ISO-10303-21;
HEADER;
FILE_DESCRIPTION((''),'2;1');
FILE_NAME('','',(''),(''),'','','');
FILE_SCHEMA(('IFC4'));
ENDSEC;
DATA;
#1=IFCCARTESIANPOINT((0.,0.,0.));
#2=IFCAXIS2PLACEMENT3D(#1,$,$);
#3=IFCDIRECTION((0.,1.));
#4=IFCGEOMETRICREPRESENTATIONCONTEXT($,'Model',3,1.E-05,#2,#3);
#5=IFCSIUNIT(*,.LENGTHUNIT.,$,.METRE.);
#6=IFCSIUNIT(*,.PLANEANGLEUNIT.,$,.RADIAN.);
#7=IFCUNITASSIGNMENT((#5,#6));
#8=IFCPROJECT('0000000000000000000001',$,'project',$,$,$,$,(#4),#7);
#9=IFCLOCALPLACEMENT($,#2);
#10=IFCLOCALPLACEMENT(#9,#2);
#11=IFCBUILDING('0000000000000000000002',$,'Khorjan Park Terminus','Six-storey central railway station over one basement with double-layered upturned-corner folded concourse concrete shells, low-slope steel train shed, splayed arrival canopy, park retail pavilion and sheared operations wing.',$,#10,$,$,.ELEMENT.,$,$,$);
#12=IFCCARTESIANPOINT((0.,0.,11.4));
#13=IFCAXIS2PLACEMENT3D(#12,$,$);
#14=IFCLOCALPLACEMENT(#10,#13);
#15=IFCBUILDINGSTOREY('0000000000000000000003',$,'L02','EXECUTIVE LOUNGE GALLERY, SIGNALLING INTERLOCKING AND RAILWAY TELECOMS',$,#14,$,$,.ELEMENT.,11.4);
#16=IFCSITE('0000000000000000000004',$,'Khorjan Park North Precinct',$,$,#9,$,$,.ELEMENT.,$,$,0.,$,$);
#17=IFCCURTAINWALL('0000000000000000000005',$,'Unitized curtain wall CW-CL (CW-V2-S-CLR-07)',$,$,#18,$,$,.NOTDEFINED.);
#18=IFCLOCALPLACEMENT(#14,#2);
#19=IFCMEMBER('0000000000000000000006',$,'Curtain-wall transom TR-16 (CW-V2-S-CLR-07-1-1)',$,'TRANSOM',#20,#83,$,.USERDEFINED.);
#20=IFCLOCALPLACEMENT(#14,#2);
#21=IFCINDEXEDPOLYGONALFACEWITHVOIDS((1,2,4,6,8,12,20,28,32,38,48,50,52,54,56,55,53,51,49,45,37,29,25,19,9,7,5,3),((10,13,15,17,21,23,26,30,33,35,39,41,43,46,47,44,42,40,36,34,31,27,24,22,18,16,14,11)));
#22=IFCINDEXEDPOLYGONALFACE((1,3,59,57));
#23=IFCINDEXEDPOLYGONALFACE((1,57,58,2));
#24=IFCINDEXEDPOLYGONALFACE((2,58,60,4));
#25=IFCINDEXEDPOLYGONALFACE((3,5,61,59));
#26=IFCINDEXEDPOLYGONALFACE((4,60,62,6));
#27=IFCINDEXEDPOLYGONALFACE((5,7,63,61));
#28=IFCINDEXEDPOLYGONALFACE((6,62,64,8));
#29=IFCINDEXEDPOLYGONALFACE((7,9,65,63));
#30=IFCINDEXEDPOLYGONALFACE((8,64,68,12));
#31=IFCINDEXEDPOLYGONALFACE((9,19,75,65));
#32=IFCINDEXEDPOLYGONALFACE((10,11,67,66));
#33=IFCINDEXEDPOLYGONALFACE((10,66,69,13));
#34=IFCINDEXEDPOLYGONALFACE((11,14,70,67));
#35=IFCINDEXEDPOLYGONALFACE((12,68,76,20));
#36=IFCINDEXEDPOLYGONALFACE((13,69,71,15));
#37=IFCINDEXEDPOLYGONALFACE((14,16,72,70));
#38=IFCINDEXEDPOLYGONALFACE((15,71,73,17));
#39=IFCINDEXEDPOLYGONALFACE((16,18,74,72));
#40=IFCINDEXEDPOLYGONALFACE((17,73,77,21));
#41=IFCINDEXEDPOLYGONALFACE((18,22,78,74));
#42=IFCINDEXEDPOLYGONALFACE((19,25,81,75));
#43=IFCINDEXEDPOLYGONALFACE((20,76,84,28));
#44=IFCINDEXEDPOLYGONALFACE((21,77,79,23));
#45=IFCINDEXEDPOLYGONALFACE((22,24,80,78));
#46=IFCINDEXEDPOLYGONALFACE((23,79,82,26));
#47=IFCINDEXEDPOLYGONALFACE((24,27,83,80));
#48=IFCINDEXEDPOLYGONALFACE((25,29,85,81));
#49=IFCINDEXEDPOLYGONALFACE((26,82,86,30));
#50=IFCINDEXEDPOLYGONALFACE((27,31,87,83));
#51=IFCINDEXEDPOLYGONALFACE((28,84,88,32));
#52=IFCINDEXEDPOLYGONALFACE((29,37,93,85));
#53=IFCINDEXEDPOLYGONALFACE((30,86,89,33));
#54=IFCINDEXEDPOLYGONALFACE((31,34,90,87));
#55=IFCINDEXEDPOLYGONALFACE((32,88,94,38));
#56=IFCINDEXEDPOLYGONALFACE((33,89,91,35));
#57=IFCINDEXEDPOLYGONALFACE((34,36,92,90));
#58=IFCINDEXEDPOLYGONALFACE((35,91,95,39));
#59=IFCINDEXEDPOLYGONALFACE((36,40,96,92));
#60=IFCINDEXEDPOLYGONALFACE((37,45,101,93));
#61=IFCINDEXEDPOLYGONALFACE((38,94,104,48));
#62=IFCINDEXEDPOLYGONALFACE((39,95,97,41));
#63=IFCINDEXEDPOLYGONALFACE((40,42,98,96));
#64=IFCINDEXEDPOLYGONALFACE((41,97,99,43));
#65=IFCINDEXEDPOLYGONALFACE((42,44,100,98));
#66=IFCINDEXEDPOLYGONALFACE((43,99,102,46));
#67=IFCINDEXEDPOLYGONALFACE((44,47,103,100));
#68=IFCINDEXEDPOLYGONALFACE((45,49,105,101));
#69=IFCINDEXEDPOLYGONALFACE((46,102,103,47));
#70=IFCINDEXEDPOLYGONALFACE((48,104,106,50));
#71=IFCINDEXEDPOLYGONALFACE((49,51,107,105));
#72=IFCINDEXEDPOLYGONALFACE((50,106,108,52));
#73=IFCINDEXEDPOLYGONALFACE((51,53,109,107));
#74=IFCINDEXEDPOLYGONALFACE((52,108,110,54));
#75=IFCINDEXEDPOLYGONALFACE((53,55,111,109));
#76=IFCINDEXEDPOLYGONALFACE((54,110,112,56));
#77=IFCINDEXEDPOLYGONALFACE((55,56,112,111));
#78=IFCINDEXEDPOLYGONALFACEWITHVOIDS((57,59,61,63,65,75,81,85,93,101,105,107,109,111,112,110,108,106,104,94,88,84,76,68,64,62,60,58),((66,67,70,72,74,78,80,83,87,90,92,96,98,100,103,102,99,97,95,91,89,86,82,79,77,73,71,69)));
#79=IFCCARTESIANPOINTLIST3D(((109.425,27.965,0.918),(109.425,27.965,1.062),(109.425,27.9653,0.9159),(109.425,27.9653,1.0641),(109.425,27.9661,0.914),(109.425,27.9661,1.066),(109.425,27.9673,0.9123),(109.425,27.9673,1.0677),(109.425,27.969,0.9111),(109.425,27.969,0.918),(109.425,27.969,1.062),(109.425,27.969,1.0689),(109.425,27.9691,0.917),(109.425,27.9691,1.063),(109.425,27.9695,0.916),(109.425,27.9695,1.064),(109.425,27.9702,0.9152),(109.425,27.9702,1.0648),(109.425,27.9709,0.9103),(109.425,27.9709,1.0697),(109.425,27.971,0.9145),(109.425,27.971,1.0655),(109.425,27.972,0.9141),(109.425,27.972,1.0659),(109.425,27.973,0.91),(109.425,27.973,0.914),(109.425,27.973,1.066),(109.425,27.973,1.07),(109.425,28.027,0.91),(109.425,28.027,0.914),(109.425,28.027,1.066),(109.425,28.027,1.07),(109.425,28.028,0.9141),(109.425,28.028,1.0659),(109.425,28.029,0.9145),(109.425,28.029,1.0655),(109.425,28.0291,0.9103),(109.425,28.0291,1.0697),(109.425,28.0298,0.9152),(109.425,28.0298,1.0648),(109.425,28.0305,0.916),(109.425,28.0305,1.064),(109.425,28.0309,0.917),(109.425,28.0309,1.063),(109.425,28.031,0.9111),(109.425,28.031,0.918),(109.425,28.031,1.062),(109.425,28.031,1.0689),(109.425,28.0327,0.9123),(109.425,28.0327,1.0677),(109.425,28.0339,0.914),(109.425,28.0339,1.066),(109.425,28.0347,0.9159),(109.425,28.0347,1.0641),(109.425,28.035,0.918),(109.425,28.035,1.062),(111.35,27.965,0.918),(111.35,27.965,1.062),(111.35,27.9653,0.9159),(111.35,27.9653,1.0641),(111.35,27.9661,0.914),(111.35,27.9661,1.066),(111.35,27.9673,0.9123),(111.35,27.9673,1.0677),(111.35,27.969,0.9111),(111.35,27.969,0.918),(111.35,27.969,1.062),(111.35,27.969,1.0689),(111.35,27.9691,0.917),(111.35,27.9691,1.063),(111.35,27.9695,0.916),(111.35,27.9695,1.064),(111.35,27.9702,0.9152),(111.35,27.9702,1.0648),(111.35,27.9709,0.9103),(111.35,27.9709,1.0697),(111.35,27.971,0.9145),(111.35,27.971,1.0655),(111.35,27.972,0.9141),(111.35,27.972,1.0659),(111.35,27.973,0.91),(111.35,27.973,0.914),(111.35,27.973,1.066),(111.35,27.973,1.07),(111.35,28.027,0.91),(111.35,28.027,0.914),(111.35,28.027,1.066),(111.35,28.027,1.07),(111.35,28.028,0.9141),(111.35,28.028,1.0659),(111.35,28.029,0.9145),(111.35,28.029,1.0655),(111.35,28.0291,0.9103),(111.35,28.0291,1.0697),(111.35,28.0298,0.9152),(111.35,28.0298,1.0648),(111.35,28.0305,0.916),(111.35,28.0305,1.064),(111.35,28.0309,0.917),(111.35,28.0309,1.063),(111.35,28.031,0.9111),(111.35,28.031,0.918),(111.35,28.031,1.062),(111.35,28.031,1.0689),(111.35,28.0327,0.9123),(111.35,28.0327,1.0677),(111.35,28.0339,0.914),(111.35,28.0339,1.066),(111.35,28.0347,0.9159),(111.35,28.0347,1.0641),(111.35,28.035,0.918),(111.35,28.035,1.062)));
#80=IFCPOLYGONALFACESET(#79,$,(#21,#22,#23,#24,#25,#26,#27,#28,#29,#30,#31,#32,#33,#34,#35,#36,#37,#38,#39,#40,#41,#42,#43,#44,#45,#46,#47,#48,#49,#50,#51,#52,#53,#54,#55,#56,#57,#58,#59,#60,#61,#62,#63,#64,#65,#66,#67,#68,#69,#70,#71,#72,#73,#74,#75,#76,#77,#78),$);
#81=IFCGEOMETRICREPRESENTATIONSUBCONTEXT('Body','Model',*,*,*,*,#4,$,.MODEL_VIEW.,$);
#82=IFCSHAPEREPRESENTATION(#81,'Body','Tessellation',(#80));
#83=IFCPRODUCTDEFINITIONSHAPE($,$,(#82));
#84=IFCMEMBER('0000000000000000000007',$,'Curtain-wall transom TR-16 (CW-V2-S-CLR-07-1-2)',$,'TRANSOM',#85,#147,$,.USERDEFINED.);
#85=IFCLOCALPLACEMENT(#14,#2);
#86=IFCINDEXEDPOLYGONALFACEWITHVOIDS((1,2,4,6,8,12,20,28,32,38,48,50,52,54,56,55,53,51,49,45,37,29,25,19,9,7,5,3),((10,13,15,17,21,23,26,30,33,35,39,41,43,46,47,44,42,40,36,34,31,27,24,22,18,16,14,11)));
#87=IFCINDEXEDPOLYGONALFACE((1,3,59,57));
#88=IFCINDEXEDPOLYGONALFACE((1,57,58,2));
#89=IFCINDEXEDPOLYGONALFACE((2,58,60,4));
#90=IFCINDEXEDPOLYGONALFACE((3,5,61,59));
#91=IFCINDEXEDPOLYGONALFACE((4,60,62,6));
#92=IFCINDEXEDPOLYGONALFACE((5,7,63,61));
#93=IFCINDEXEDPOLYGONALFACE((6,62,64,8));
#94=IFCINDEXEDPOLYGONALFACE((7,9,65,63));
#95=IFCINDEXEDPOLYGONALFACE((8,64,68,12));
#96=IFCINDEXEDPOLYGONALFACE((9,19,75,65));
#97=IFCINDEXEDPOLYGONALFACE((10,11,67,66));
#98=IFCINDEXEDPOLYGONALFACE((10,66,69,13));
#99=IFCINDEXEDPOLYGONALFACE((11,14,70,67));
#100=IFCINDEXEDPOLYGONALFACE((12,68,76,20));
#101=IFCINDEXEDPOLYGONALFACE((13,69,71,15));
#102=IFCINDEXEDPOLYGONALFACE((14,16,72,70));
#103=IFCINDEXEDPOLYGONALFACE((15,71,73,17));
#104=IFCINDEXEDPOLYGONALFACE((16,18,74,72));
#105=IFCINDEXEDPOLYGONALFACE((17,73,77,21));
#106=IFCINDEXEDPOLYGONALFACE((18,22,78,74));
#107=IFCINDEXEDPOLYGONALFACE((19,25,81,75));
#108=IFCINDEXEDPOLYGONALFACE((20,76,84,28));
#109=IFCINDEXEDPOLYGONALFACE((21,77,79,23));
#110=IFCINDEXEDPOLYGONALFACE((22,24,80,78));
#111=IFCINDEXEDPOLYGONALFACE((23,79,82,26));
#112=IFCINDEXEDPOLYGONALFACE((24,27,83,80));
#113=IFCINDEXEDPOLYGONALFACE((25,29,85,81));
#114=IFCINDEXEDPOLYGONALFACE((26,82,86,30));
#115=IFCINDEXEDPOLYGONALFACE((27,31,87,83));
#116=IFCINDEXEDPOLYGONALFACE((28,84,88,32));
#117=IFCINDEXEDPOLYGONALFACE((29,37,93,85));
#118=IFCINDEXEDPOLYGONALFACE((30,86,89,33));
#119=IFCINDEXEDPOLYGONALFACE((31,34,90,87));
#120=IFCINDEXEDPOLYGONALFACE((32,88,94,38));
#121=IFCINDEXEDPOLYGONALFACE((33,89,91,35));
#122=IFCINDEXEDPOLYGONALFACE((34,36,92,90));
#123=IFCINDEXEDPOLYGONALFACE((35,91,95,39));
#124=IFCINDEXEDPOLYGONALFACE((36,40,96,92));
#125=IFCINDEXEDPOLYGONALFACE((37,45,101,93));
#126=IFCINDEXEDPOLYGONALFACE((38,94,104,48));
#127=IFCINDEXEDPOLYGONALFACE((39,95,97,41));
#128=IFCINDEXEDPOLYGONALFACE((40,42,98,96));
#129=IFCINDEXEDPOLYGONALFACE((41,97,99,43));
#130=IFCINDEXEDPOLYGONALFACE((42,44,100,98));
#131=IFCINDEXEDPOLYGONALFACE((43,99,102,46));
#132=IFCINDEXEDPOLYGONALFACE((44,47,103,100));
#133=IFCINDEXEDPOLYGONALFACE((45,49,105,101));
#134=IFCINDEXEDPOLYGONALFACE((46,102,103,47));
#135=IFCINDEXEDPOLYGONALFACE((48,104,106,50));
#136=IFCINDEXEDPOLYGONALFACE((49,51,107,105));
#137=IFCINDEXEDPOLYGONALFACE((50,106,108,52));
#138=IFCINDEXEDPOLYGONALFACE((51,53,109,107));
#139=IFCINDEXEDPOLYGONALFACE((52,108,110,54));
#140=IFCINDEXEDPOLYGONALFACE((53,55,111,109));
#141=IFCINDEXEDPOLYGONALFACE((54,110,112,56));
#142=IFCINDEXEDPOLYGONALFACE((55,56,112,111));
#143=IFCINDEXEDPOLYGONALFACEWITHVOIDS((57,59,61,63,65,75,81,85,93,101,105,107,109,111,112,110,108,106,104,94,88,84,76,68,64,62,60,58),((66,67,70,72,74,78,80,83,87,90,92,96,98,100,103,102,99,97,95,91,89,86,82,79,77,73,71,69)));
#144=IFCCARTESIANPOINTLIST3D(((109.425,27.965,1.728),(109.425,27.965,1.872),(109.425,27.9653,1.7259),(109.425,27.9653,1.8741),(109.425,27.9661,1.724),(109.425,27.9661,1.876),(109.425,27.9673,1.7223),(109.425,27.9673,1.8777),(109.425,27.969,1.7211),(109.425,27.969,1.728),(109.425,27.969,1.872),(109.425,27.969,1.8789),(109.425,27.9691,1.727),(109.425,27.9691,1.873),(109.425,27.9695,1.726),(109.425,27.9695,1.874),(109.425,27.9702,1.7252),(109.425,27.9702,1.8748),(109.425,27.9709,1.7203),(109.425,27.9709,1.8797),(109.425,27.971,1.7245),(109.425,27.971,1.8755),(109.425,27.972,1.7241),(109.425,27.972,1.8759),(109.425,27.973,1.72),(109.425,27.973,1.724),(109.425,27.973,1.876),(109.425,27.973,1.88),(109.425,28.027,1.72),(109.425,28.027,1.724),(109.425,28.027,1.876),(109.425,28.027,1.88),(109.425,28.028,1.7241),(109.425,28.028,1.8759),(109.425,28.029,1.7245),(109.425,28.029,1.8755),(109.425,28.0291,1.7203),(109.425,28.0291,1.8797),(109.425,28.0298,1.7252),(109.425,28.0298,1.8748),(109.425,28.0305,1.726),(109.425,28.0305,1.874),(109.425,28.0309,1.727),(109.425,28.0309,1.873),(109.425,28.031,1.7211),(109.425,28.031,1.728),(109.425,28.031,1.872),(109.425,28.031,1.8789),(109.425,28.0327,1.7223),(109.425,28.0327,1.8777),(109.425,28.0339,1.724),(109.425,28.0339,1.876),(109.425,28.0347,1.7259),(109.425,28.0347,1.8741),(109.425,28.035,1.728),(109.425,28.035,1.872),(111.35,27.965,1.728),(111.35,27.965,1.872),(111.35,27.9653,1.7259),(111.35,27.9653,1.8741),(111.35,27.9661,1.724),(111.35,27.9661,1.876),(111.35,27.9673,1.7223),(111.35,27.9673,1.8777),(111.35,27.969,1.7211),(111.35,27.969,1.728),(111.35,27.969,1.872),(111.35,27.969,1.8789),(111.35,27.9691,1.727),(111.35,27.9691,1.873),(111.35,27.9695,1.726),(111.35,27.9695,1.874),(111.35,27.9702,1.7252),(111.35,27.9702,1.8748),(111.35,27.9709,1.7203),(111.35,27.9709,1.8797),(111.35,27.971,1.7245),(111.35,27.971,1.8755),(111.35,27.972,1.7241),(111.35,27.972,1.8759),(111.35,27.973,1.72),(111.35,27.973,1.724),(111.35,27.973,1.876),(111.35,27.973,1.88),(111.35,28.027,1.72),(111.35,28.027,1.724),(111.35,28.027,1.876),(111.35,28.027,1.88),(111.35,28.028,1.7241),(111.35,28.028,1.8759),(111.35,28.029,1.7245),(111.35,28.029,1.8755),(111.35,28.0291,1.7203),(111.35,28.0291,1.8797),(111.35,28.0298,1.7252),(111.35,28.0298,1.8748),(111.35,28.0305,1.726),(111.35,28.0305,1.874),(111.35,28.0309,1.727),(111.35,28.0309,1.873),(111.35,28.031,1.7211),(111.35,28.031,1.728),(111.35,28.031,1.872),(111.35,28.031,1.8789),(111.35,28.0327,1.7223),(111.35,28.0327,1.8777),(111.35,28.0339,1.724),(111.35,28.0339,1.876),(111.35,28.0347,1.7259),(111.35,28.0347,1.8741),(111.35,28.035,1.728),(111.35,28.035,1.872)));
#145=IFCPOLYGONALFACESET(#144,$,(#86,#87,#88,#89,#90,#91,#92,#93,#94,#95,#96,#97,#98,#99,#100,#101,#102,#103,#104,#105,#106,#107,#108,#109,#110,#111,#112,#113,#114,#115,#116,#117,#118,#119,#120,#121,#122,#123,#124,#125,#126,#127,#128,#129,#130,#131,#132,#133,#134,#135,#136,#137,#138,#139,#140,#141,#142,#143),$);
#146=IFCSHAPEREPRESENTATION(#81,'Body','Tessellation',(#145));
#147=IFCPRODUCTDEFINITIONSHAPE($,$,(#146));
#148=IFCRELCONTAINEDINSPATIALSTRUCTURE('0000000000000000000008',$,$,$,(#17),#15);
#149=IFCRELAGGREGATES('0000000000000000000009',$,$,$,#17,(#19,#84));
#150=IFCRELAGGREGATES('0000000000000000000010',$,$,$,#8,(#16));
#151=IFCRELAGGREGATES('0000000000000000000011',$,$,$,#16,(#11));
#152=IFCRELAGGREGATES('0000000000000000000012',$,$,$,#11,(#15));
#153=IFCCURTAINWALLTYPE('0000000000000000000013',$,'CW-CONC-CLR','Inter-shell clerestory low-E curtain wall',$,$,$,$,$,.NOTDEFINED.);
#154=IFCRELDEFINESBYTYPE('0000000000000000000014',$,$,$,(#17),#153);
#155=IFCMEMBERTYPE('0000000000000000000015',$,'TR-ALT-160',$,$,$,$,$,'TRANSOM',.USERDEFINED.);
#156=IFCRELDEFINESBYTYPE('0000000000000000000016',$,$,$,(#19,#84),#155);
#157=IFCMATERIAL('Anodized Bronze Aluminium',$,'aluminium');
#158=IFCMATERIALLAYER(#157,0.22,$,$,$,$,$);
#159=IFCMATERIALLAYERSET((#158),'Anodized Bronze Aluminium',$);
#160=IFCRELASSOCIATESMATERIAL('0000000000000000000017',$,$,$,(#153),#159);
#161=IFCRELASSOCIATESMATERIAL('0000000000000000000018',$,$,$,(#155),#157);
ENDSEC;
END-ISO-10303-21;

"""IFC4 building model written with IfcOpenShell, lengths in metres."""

from ifc_helpers import new_model, si_unit, direction, frame, origin, origin_2d, place, context, subcontext, project, spatial, hollow_rectangle, extrude, material, layer, layer_set, material_profile, profile_set, type_object, element, aggregate, save


model = new_model("IFC4")

# Units and contexts
model_context = context("Model", 3, precision=1e-05, world=origin(), true_north=direction((0.0, 1.0)))
body_context = subcontext(model_context, "Body", "Model", "MODEL_VIEW")
ifc_project = project(units=[si_unit("LENGTHUNIT", "METRE"), si_unit("PLANEANGLEUNIT", "RADIAN")], contexts=[model_context])

# Site, building, storey
site_placement = place(None, origin())
site = spatial("IfcSite", under=ifc_project, at=site_placement, Name="Khorjan Park North Precinct", CompositionType="ELEMENT", RefElevation=0.0)
building_placement = place(site_placement, origin())
building = spatial("IfcBuilding", under=site, at=building_placement, Name="Khorjan Park Terminus", Description="Six-storey central railway station over one basement with double-layered upturned-corner folded concourse concrete shells, low-slope steel train shed, splayed arrival canopy, park retail pavilion and sheared operations wing.", CompositionType="ELEMENT")
storey_placement = place(building_placement, frame((0.0, 0.0, 11.4)))
storey = spatial("IfcBuildingStorey", under=building, at=storey_placement, Name="L02", Description="EXECUTIVE LOUNGE GALLERY, SIGNALLING INTERLOCKING AND RAILWAY TELECOMS", CompositionType="ELEMENT", Elevation=11.4)

# Shared definitions
ifc_material_1 = material(Name="Anodized Bronze Aluminium", Category="aluminium")
ifc_layer_1 = layer(ifc_material_1, 0.22)
ifc_layer_set_1 = layer_set([ifc_layer_1], Name="Anodized Bronze Aluminium")
curtain_wall_type = type_object("IfcCurtainWallType", Name="CW-CONC-CLR", Description="Inter-shell clerestory low-E curtain wall", PredefinedType="NOTDEFINED", material=ifc_layer_set_1)

# Curtain wall
curtain_wall_1_placement = place(storey_placement, origin())
curtain_wall_1 = element("IfcCurtainWall", 1, at=curtain_wall_1_placement, inside=storey, type_object=curtain_wall_type, Name="Unitized curtain wall CW-CL (CW-V2-S-CLR-07)", PredefinedType="NOTDEFINED")

# Members
ifc_material_profile_1 = material_profile(ifc_material_1, hollow_rectangle(XDim=0.07, YDim=0.16, WallThickness=0.004, InnerFilletRadius=0.004, OuterFilletRadius=0.008, at=origin_2d()), Name="ALT 70x160x4")
ifc_profile_set_1 = profile_set([ifc_material_profile_1], Name="Anodized Bronze Aluminium")
member_type_1 = type_object("IfcMemberType", Name="TR-ALT-160", ElementType="TRANSOM", PredefinedType="USERDEFINED", material=ifc_profile_set_1)
member_1_placement = place(storey_placement, frame((109.425, 28.0, 0.99), z_axis=(1.0, 0.0, 0.0), x_axis=(0.0, 1.0, 0.0)))
member_1 = element("IfcMember", 2, at=member_1_placement, type_object=member_type_1, Name="Curtain-wall transom TR-16 (CW-V2-S-CLR-07-1-1)", ObjectType="TRANSOM", PredefinedType="USERDEFINED", context=body_context, shape_type="SweptSolid", body=[
    extrude(hollow_rectangle(XDim=0.07, YDim=0.16, WallThickness=0.004, InnerFilletRadius=0.004, OuterFilletRadius=0.008, at=origin_2d()), origin(), (0.0, 0.0, 1.0), 1.925),
])
member_2_placement = place(storey_placement, frame((109.425, 28.0, 1.8), z_axis=(1.0, 0.0, 0.0), x_axis=(0.0, 1.0, 0.0)))
member_2 = element("IfcMember", 3, at=member_2_placement, type_object=member_type_1, Name="Curtain-wall transom TR-16 (CW-V2-S-CLR-07-1-2)", ObjectType="TRANSOM", PredefinedType="USERDEFINED", context=body_context, shape_type="SweptSolid", body=[
    extrude(hollow_rectangle(XDim=0.07, YDim=0.16, WallThickness=0.004, InnerFilletRadius=0.004, OuterFilletRadius=0.008, at=origin_2d()), origin(), (0.0, 0.0, 1.0), 1.925),
])

aggregate(curtain_wall_1, [member_1, member_2])

save(model, "model.ifc")
